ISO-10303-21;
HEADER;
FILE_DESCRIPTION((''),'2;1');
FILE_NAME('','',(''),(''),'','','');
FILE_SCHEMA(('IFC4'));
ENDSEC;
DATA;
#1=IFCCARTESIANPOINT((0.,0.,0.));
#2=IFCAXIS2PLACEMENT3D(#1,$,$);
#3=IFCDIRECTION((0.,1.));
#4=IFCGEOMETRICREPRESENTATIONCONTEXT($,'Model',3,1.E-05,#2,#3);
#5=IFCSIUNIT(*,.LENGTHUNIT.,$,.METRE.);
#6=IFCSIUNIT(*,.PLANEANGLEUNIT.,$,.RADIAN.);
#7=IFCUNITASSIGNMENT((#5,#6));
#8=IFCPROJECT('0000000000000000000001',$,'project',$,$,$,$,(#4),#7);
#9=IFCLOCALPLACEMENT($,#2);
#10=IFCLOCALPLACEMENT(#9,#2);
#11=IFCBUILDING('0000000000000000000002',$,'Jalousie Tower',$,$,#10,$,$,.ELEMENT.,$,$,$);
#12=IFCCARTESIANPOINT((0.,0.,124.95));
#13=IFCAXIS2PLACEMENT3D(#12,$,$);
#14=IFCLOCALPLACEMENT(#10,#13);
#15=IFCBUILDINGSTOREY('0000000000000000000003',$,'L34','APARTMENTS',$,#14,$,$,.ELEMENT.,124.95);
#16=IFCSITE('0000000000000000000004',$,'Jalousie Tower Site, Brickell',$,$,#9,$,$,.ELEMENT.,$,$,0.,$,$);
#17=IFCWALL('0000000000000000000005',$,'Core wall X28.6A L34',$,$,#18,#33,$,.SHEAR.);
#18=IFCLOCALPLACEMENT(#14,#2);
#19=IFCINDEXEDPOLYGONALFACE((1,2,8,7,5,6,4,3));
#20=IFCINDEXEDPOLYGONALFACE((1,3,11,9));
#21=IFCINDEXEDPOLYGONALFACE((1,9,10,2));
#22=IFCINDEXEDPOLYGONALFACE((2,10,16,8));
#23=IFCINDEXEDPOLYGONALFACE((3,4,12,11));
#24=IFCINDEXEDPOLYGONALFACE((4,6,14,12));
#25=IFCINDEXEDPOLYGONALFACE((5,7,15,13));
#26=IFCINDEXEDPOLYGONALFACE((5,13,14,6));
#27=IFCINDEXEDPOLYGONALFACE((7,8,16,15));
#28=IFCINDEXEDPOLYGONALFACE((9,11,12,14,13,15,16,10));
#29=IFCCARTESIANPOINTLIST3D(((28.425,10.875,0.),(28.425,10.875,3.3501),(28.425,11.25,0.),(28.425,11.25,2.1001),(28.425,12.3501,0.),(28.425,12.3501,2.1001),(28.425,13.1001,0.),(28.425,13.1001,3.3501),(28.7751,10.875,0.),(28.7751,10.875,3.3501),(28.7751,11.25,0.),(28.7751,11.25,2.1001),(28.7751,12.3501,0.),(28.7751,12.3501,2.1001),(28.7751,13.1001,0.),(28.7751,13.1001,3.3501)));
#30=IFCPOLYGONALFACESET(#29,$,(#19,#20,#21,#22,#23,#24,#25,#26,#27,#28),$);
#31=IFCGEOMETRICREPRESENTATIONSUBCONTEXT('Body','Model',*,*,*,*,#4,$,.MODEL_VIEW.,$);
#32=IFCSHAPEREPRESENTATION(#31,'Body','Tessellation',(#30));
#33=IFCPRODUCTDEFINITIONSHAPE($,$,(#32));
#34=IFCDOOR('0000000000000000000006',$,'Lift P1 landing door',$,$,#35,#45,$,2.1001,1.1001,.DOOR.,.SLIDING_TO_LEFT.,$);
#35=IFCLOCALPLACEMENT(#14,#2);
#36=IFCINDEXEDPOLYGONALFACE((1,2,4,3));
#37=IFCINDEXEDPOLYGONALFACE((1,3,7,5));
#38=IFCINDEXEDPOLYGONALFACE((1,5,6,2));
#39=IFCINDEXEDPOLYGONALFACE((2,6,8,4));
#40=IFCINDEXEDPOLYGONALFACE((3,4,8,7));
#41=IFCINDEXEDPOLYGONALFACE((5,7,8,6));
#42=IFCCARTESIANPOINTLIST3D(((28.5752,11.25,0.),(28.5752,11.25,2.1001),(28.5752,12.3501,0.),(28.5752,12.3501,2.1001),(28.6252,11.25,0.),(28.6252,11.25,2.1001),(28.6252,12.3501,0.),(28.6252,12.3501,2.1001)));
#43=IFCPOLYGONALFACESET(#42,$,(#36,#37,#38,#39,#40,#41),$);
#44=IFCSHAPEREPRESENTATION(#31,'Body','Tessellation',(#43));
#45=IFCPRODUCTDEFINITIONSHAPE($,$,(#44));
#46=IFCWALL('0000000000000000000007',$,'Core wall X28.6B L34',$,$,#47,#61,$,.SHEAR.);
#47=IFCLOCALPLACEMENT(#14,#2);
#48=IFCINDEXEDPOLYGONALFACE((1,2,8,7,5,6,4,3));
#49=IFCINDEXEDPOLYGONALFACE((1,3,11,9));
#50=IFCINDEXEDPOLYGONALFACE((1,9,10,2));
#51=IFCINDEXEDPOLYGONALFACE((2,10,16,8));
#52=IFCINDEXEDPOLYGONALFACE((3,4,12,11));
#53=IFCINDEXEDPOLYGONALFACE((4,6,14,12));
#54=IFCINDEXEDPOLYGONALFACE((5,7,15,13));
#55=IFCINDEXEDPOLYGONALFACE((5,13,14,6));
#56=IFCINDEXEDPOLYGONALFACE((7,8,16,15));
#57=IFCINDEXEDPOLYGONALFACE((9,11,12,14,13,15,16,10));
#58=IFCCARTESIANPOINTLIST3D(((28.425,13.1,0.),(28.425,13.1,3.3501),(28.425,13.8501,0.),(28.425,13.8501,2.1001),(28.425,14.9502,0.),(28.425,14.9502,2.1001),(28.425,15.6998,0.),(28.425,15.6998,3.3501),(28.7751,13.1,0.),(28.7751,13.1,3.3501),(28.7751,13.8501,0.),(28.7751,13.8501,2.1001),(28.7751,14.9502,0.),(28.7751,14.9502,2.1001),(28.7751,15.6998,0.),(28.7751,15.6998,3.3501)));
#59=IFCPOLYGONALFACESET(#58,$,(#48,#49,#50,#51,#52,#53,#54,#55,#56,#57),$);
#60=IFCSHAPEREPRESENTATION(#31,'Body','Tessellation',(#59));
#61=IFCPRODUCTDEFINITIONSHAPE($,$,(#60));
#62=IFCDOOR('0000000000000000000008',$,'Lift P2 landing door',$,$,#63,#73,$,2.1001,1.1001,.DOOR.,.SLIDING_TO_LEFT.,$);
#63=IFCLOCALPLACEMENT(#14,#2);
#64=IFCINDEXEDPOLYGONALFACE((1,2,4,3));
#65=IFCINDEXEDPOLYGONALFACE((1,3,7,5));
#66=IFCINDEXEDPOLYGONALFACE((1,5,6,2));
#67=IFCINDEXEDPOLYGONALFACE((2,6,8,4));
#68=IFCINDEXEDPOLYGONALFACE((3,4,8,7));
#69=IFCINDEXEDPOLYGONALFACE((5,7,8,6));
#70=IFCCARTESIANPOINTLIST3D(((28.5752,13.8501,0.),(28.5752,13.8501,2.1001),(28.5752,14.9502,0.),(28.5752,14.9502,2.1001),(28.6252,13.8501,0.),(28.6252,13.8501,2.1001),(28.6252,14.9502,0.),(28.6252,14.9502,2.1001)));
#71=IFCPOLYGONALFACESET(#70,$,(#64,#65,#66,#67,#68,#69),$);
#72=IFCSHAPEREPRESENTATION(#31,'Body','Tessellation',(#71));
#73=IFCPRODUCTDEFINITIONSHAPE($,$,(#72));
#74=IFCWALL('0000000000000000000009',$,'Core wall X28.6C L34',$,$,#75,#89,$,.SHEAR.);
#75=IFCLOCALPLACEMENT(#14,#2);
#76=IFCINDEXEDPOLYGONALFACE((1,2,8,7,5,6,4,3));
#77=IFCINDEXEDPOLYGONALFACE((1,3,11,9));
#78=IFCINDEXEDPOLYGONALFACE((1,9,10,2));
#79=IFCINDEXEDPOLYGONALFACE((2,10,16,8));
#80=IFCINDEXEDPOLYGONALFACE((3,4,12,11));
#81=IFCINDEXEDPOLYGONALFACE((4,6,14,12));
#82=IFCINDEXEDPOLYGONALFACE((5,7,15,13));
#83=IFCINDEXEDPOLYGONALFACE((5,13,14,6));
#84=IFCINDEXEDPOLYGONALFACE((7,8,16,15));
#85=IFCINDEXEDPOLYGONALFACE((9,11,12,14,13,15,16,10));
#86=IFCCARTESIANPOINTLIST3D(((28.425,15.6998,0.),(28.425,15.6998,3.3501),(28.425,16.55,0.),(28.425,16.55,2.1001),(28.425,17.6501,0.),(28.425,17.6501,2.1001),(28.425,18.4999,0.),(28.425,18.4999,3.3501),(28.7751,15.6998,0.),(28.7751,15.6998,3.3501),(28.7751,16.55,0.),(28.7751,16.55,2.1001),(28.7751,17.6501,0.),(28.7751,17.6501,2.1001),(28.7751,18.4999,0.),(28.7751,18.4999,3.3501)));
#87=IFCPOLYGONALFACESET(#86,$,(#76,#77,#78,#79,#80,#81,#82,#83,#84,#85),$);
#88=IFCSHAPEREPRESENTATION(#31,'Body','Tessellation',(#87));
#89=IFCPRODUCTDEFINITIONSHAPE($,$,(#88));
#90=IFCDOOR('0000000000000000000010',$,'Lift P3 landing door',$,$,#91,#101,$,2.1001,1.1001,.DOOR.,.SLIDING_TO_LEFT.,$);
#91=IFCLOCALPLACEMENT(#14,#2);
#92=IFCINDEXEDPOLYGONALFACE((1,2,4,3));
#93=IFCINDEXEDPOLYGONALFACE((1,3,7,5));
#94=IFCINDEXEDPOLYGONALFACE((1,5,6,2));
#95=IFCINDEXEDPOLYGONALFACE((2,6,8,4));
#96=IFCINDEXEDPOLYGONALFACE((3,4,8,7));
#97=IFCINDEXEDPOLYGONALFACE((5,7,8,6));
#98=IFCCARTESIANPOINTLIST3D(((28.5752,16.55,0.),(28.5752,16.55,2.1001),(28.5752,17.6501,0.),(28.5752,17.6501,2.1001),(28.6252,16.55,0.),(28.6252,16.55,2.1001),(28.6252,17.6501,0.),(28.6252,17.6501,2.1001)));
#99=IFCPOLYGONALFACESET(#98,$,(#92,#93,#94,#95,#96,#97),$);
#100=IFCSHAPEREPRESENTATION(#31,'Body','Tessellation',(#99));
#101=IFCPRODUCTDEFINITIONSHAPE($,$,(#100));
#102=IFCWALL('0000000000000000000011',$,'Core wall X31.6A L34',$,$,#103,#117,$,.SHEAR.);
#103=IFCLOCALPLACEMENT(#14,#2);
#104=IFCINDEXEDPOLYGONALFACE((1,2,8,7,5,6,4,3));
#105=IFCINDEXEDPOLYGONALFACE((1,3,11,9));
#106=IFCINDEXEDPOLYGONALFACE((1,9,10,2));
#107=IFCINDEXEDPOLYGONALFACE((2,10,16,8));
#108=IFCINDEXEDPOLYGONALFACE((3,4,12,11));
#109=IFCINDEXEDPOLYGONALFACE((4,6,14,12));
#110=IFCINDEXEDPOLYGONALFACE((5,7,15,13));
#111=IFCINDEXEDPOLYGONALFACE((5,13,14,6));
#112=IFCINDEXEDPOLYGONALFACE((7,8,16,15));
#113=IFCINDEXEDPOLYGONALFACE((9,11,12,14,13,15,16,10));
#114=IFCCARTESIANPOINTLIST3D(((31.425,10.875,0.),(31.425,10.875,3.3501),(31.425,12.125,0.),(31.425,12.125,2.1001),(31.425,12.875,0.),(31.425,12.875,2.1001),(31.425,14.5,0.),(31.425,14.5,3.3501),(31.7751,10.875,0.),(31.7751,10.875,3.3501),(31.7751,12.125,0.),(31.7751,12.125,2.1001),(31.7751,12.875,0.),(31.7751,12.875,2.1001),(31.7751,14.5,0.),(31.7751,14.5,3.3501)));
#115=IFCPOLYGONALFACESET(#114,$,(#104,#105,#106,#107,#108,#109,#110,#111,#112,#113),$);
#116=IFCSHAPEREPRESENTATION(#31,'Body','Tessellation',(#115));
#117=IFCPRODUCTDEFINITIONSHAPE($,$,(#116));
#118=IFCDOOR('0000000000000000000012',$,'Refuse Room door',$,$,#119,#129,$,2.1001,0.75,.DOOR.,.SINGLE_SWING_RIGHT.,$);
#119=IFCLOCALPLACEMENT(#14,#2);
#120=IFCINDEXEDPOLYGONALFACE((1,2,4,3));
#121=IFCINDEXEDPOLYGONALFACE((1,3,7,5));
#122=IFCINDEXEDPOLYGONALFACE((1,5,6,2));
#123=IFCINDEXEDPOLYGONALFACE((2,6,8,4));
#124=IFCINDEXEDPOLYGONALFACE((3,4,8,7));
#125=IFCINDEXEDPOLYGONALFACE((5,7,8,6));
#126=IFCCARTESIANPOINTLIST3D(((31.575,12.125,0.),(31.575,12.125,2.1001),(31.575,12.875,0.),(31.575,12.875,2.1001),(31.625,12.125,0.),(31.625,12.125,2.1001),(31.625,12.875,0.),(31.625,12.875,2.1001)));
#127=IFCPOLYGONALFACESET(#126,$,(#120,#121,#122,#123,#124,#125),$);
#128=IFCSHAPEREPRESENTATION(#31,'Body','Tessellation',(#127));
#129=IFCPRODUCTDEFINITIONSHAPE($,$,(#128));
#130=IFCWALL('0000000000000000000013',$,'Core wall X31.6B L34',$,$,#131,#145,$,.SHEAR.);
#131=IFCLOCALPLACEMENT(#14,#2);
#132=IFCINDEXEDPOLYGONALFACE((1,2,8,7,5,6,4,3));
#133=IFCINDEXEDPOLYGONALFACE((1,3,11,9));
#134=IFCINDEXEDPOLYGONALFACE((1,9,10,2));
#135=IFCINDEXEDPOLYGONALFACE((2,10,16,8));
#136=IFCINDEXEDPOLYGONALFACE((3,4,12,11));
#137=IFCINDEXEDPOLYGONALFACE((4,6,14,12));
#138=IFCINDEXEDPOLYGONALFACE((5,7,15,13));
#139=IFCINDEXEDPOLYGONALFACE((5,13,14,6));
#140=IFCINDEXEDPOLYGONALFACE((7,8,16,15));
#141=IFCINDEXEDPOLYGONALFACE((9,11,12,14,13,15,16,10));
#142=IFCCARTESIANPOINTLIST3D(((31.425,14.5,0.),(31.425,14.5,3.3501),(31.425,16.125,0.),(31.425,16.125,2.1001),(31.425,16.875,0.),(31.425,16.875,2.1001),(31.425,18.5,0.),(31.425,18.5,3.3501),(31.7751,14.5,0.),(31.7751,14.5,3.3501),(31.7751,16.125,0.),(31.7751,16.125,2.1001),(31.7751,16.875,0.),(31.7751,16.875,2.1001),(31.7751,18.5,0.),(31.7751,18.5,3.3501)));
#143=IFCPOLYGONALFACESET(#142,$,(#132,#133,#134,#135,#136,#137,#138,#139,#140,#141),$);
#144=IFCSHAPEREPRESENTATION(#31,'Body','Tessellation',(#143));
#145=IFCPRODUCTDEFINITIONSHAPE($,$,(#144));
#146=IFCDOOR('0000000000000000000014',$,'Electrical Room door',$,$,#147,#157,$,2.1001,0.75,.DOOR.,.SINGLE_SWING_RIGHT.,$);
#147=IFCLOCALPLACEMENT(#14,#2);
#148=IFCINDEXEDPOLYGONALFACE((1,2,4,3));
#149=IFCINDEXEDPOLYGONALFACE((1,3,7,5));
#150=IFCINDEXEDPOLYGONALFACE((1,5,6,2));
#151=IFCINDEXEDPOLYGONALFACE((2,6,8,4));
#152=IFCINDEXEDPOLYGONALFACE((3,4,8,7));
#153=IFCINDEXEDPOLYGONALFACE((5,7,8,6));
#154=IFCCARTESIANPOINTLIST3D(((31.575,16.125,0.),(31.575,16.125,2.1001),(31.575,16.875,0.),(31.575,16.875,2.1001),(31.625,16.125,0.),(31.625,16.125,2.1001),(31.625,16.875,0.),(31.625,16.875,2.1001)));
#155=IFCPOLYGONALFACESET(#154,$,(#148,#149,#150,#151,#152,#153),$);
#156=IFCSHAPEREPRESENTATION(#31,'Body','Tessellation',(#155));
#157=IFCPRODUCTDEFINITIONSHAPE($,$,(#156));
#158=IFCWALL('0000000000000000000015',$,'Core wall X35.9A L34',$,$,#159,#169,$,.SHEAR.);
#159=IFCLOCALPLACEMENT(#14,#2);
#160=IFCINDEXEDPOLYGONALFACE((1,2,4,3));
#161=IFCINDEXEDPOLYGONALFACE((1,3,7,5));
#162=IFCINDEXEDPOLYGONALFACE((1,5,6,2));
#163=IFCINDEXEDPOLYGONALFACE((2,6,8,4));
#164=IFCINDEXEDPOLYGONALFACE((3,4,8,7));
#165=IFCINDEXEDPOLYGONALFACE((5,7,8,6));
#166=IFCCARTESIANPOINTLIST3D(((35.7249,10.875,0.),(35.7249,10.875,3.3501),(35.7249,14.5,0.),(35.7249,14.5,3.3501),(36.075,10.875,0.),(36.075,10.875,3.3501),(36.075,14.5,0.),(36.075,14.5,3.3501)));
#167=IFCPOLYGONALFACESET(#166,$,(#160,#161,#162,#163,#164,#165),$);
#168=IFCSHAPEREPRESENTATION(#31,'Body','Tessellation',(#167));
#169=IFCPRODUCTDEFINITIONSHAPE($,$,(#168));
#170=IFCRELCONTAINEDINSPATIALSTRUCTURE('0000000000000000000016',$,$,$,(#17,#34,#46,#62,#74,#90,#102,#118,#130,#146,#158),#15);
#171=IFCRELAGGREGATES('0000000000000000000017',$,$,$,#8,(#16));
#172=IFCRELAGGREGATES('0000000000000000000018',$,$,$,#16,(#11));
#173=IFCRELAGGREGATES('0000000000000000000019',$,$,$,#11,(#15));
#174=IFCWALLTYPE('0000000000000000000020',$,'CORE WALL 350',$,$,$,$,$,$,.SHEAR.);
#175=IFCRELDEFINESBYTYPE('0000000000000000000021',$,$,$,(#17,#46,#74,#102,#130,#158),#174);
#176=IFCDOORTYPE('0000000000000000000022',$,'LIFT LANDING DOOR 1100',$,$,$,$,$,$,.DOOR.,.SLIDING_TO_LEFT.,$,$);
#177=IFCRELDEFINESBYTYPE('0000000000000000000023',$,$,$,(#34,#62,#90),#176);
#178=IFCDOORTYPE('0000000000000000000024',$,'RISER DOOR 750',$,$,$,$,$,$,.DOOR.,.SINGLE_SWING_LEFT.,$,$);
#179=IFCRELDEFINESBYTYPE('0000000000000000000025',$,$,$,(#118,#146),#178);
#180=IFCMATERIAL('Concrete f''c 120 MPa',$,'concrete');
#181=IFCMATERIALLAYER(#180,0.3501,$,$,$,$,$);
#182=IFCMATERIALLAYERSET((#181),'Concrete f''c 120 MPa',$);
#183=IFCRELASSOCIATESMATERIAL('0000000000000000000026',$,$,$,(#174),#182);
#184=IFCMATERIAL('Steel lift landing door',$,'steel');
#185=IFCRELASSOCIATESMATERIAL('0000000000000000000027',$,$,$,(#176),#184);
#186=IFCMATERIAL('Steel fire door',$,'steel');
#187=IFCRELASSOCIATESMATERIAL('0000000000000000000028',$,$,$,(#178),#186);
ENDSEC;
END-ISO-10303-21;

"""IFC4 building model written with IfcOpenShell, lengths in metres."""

from ifc_helpers import new_model, si_unit, direction, frame, frame_2d, origin, place, context, subcontext, project, spatial, rectangle, extrude, material, layer, layer_set, type_object, element, fill, save


model = new_model("IFC4")

# Units and contexts
model_context = context("Model", 3, precision=1e-05, world=origin(), true_north=direction((0.0, 1.0)))
body_context = subcontext(model_context, "Body", "Model", "MODEL_VIEW")
ifc_project = project(units=[si_unit("LENGTHUNIT", "METRE"), si_unit("PLANEANGLEUNIT", "RADIAN")], contexts=[model_context])

# Site, building, storey
site_placement = place(None, origin())
site = spatial("IfcSite", under=ifc_project, at=site_placement, Name="Jalousie Tower Site, Brickell", CompositionType="ELEMENT", RefElevation=0.0)
building_placement = place(site_placement, origin())
building = spatial("IfcBuilding", under=site, at=building_placement, Name="Jalousie Tower", CompositionType="ELEMENT")
storey_placement = place(building_placement, frame((0.0, 0.0, 124.95)))
storey = spatial("IfcBuildingStorey", under=building, at=storey_placement, Name="L34", Description="APARTMENTS", CompositionType="ELEMENT", Elevation=124.95)

# Walls, openings, doors
ifc_material_1 = material(Name="Concrete f'c 120 MPa", Category="concrete")
ifc_layer = layer(ifc_material_1, 0.3501)
ifc_layer_set = layer_set([ifc_layer], Name="Concrete f'c 120 MPa")
wall_type = type_object("IfcWallType", Name="CORE WALL 350", PredefinedType="SHEAR", material=ifc_layer_set)
wall_1_placement = place(storey_placement, frame((28.6001, 10.875, 0.0), z_axis=(0.0, 0.0, 1.0), x_axis=(0.0, 1.0, 0.0)))
wall_1 = element("IfcWall", 1, at=wall_1_placement, inside=storey, type_object=wall_type, Name="Core wall X28.6A L34", PredefinedType="SHEAR", context=body_context, shape_type="SweptSolid", body=[
    extrude(rectangle(XDim=2.2251, YDim=0.3501, at=frame_2d((1.1125, 0.0))), origin(), (0.0, 0.0, 1.0), 3.3501),
])
opening_1_placement = place(wall_1_placement, frame((0.375, 0.0, 0.0)))
opening_1 = element("IfcOpeningElement", 2, at=opening_1_placement, cuts=wall_1, PredefinedType="OPENING", context=body_context, shape_type="SweptSolid", body=[
    extrude(rectangle(XDim=1.1001, YDim=2.1001, at=frame_2d((0.55, 1.05))), frame((0.0, 0.1851, 0.0), z_axis=(0.0, -1.0, 0.0), x_axis=(1.0, 0.0, 0.0)), (0.0, 0.0, 1.0), 0.3701),
])
ifc_material_2 = material(Name="Steel lift landing door", Category="steel")
door_type_1 = type_object("IfcDoorType", Name="LIFT LANDING DOOR 1100", OperationType="SLIDING_TO_LEFT", PredefinedType="DOOR", material=ifc_material_2)
door_1_placement = place(opening_1_placement, origin())
door_1 = element("IfcDoor", 3, at=door_1_placement, inside=storey, type_object=door_type_1, Name="Lift P1 landing door", OperationType="SLIDING_TO_LEFT", OverallHeight=2.1001, OverallWidth=1.1001, PredefinedType="DOOR", context=body_context, shape_type="SweptSolid", body=[
    extrude(rectangle(XDim=1.1001, YDim=2.1001, at=frame_2d((0.55, 1.05))), frame((0.0, 0.0249, 0.0), z_axis=(0.0, -1.0, 0.0), x_axis=(1.0, 0.0, 0.0)), (0.0, 0.0, 1.0), 0.05),
])
fill(opening_1, door_1)
wall_2_placement = place(storey_placement, frame((28.6001, 13.1001, 0.0), z_axis=(0.0, 0.0, 1.0), x_axis=(0.0, 1.0, 0.0)))
wall_2 = element("IfcWall", 4, at=wall_2_placement, inside=storey, type_object=wall_type, Name="Core wall X28.6B L34", PredefinedType="SHEAR", context=body_context, shape_type="SweptSolid", body=[
    extrude(rectangle(XDim=2.5999, YDim=0.3501, at=frame_2d((1.2998, 0.0))), origin(), (0.0, 0.0, 1.0), 3.3501),
])
opening_2_placement = place(wall_2_placement, frame((0.75, 0.0, 0.0)))
opening_2 = element("IfcOpeningElement", 5, at=opening_2_placement, cuts=wall_2, PredefinedType="OPENING", context=body_context, shape_type="SweptSolid", body=[
    extrude(rectangle(XDim=1.1001, YDim=2.1001, at=frame_2d((0.55, 1.05))), frame((0.0, 0.1851, 0.0), z_axis=(0.0, -1.0, 0.0), x_axis=(1.0, 0.0, 0.0)), (0.0, 0.0, 1.0), 0.3701),
])
door_2_placement = place(opening_2_placement, origin())
door_2 = element("IfcDoor", 6, at=door_2_placement, inside=storey, type_object=door_type_1, Name="Lift P2 landing door", OperationType="SLIDING_TO_LEFT", OverallHeight=2.1001, OverallWidth=1.1001, PredefinedType="DOOR", context=body_context, shape_type="SweptSolid", body=[
    extrude(rectangle(XDim=1.1001, YDim=2.1001, at=frame_2d((0.55, 1.05))), frame((0.0, 0.0249, 0.0), z_axis=(0.0, -1.0, 0.0), x_axis=(1.0, 0.0, 0.0)), (0.0, 0.0, 1.0), 0.05),
])
fill(opening_2, door_2)
wall_3_placement = place(storey_placement, frame((28.6001, 15.7, 0.0), z_axis=(0.0, 0.0, 1.0), x_axis=(0.0, 1.0, 0.0)))
wall_3 = element("IfcWall", 7, at=wall_3_placement, inside=storey, type_object=wall_type, Name="Core wall X28.6C L34", PredefinedType="SHEAR", context=body_context, shape_type="SweptSolid", body=[
    extrude(rectangle(XDim=2.8, YDim=0.3501, at=frame_2d((1.3999, 0.0))), origin(), (0.0, 0.0, 1.0), 3.3501),
])
opening_3_placement = place(wall_3_placement, frame((0.8501, 0.0, 0.0)))
opening_3 = element("IfcOpeningElement", 8, at=opening_3_placement, cuts=wall_3, PredefinedType="OPENING", context=body_context, shape_type="SweptSolid", body=[
    extrude(rectangle(XDim=1.1001, YDim=2.1001, at=frame_2d((0.55, 1.05))), frame((0.0, 0.1851, 0.0), z_axis=(0.0, -1.0, 0.0), x_axis=(1.0, 0.0, 0.0)), (0.0, 0.0, 1.0), 0.3701),
])
door_3_placement = place(opening_3_placement, origin())
door_3 = element("IfcDoor", 9, at=door_3_placement, inside=storey, type_object=door_type_1, Name="Lift P3 landing door", OperationType="SLIDING_TO_LEFT", OverallHeight=2.1001, OverallWidth=1.1001, PredefinedType="DOOR", context=body_context, shape_type="SweptSolid", body=[
    extrude(rectangle(XDim=1.1001, YDim=2.1001, at=frame_2d((0.55, 1.05))), frame((0.0, 0.0249, 0.0), z_axis=(0.0, -1.0, 0.0), x_axis=(1.0, 0.0, 0.0)), (0.0, 0.0, 1.0), 0.05),
])
fill(opening_3, door_3)
wall_4_placement = place(storey_placement, frame((31.6001, 10.875, 0.0), z_axis=(0.0, 0.0, 1.0), x_axis=(0.0, 1.0, 0.0)))
wall_4 = element("IfcWall", 10, at=wall_4_placement, inside=storey, type_object=wall_type, Name="Core wall X31.6A L34", PredefinedType="SHEAR", context=body_context, shape_type="SweptSolid", body=[
    extrude(rectangle(XDim=3.625, YDim=0.3501, at=frame_2d((1.8125, 0.0))), origin(), (0.0, 0.0, 1.0), 3.3501),
])
opening_4_placement = place(wall_4_placement, frame((1.25, 0.0, 0.0)))
opening_4 = element("IfcOpeningElement", 11, at=opening_4_placement, cuts=wall_4, PredefinedType="OPENING", context=body_context, shape_type="SweptSolid", body=[
    extrude(rectangle(XDim=0.75, YDim=2.1001, at=frame_2d((0.375, 1.05))), frame((0.0, 0.1851, 0.0), z_axis=(0.0, -1.0, 0.0), x_axis=(1.0, 0.0, 0.0)), (0.0, 0.0, 1.0), 0.3701),
])
ifc_material_3 = material(Name="Steel fire door", Category="steel")
door_type_2 = type_object("IfcDoorType", Name="RISER DOOR 750", OperationType="SINGLE_SWING_LEFT", PredefinedType="DOOR", material=ifc_material_3)
door_4_placement = place(opening_4_placement, frame((0.75, 0.0, 0.0), z_axis=(0.0, 0.0, 1.0), x_axis=(-1.0, 0.0, 0.0)))
door_4 = element("IfcDoor", 12, at=door_4_placement, inside=storey, type_object=door_type_2, Name="Refuse Room door", OperationType="SINGLE_SWING_RIGHT", OverallHeight=2.1001, OverallWidth=0.75, PredefinedType="DOOR", context=body_context, shape_type="SweptSolid", body=[
    extrude(rectangle(XDim=0.75, YDim=2.1001, at=frame_2d((0.375, 1.05))), frame((0.0, 0.0249, 0.0), z_axis=(0.0, -1.0, 0.0), x_axis=(1.0, 0.0, 0.0)), (0.0, 0.0, 1.0), 0.05),
])
fill(opening_4, door_4)
wall_5_placement = place(storey_placement, frame((31.6001, 14.5, 0.0), z_axis=(0.0, 0.0, 1.0), x_axis=(0.0, 1.0, 0.0)))
wall_5 = element("IfcWall", 13, at=wall_5_placement, inside=storey, type_object=wall_type, Name="Core wall X31.6B L34", PredefinedType="SHEAR", context=body_context, shape_type="SweptSolid", body=[
    extrude(rectangle(XDim=4.0, YDim=0.3501, at=frame_2d((2.0, 0.0))), origin(), (0.0, 0.0, 1.0), 3.3501),
])
opening_5_placement = place(wall_5_placement, frame((1.625, 0.0, 0.0)))
opening_5 = element("IfcOpeningElement", 14, at=opening_5_placement, cuts=wall_5, PredefinedType="OPENING", context=body_context, shape_type="SweptSolid", body=[
    extrude(rectangle(XDim=0.75, YDim=2.1001, at=frame_2d((0.375, 1.05))), frame((0.0, 0.1851, 0.0), z_axis=(0.0, -1.0, 0.0), x_axis=(1.0, 0.0, 0.0)), (0.0, 0.0, 1.0), 0.3701),
])
door_5_placement = place(opening_5_placement, frame((0.75, 0.0, 0.0), z_axis=(0.0, 0.0, 1.0), x_axis=(-1.0, 0.0, 0.0)))
door_5 = element("IfcDoor", 15, at=door_5_placement, inside=storey, type_object=door_type_2, Name="Electrical Room door", OperationType="SINGLE_SWING_RIGHT", OverallHeight=2.1001, OverallWidth=0.75, PredefinedType="DOOR", context=body_context, shape_type="SweptSolid", body=[
    extrude(rectangle(XDim=0.75, YDim=2.1001, at=frame_2d((0.375, 1.05))), frame((0.0, 0.0249, 0.0), z_axis=(0.0, -1.0, 0.0), x_axis=(1.0, 0.0, 0.0)), (0.0, 0.0, 1.0), 0.05),
])
fill(opening_5, door_5)

# Wall
wall_6_placement = place(storey_placement, frame((35.8999, 10.875, 0.0), z_axis=(0.0, 0.0, 1.0), x_axis=(0.0, 1.0, 0.0)))
element("IfcWall", 16, at=wall_6_placement, inside=storey, type_object=wall_type, Name="Core wall X35.9A L34", PredefinedType="SHEAR", context=body_context, shape_type="SweptSolid", body=[
    extrude(rectangle(XDim=3.625, YDim=0.3501, at=frame_2d((1.8125, 0.0))), origin(), (0.0, 0.0, 1.0), 3.3501),
])

save(model, "model.ifc")
